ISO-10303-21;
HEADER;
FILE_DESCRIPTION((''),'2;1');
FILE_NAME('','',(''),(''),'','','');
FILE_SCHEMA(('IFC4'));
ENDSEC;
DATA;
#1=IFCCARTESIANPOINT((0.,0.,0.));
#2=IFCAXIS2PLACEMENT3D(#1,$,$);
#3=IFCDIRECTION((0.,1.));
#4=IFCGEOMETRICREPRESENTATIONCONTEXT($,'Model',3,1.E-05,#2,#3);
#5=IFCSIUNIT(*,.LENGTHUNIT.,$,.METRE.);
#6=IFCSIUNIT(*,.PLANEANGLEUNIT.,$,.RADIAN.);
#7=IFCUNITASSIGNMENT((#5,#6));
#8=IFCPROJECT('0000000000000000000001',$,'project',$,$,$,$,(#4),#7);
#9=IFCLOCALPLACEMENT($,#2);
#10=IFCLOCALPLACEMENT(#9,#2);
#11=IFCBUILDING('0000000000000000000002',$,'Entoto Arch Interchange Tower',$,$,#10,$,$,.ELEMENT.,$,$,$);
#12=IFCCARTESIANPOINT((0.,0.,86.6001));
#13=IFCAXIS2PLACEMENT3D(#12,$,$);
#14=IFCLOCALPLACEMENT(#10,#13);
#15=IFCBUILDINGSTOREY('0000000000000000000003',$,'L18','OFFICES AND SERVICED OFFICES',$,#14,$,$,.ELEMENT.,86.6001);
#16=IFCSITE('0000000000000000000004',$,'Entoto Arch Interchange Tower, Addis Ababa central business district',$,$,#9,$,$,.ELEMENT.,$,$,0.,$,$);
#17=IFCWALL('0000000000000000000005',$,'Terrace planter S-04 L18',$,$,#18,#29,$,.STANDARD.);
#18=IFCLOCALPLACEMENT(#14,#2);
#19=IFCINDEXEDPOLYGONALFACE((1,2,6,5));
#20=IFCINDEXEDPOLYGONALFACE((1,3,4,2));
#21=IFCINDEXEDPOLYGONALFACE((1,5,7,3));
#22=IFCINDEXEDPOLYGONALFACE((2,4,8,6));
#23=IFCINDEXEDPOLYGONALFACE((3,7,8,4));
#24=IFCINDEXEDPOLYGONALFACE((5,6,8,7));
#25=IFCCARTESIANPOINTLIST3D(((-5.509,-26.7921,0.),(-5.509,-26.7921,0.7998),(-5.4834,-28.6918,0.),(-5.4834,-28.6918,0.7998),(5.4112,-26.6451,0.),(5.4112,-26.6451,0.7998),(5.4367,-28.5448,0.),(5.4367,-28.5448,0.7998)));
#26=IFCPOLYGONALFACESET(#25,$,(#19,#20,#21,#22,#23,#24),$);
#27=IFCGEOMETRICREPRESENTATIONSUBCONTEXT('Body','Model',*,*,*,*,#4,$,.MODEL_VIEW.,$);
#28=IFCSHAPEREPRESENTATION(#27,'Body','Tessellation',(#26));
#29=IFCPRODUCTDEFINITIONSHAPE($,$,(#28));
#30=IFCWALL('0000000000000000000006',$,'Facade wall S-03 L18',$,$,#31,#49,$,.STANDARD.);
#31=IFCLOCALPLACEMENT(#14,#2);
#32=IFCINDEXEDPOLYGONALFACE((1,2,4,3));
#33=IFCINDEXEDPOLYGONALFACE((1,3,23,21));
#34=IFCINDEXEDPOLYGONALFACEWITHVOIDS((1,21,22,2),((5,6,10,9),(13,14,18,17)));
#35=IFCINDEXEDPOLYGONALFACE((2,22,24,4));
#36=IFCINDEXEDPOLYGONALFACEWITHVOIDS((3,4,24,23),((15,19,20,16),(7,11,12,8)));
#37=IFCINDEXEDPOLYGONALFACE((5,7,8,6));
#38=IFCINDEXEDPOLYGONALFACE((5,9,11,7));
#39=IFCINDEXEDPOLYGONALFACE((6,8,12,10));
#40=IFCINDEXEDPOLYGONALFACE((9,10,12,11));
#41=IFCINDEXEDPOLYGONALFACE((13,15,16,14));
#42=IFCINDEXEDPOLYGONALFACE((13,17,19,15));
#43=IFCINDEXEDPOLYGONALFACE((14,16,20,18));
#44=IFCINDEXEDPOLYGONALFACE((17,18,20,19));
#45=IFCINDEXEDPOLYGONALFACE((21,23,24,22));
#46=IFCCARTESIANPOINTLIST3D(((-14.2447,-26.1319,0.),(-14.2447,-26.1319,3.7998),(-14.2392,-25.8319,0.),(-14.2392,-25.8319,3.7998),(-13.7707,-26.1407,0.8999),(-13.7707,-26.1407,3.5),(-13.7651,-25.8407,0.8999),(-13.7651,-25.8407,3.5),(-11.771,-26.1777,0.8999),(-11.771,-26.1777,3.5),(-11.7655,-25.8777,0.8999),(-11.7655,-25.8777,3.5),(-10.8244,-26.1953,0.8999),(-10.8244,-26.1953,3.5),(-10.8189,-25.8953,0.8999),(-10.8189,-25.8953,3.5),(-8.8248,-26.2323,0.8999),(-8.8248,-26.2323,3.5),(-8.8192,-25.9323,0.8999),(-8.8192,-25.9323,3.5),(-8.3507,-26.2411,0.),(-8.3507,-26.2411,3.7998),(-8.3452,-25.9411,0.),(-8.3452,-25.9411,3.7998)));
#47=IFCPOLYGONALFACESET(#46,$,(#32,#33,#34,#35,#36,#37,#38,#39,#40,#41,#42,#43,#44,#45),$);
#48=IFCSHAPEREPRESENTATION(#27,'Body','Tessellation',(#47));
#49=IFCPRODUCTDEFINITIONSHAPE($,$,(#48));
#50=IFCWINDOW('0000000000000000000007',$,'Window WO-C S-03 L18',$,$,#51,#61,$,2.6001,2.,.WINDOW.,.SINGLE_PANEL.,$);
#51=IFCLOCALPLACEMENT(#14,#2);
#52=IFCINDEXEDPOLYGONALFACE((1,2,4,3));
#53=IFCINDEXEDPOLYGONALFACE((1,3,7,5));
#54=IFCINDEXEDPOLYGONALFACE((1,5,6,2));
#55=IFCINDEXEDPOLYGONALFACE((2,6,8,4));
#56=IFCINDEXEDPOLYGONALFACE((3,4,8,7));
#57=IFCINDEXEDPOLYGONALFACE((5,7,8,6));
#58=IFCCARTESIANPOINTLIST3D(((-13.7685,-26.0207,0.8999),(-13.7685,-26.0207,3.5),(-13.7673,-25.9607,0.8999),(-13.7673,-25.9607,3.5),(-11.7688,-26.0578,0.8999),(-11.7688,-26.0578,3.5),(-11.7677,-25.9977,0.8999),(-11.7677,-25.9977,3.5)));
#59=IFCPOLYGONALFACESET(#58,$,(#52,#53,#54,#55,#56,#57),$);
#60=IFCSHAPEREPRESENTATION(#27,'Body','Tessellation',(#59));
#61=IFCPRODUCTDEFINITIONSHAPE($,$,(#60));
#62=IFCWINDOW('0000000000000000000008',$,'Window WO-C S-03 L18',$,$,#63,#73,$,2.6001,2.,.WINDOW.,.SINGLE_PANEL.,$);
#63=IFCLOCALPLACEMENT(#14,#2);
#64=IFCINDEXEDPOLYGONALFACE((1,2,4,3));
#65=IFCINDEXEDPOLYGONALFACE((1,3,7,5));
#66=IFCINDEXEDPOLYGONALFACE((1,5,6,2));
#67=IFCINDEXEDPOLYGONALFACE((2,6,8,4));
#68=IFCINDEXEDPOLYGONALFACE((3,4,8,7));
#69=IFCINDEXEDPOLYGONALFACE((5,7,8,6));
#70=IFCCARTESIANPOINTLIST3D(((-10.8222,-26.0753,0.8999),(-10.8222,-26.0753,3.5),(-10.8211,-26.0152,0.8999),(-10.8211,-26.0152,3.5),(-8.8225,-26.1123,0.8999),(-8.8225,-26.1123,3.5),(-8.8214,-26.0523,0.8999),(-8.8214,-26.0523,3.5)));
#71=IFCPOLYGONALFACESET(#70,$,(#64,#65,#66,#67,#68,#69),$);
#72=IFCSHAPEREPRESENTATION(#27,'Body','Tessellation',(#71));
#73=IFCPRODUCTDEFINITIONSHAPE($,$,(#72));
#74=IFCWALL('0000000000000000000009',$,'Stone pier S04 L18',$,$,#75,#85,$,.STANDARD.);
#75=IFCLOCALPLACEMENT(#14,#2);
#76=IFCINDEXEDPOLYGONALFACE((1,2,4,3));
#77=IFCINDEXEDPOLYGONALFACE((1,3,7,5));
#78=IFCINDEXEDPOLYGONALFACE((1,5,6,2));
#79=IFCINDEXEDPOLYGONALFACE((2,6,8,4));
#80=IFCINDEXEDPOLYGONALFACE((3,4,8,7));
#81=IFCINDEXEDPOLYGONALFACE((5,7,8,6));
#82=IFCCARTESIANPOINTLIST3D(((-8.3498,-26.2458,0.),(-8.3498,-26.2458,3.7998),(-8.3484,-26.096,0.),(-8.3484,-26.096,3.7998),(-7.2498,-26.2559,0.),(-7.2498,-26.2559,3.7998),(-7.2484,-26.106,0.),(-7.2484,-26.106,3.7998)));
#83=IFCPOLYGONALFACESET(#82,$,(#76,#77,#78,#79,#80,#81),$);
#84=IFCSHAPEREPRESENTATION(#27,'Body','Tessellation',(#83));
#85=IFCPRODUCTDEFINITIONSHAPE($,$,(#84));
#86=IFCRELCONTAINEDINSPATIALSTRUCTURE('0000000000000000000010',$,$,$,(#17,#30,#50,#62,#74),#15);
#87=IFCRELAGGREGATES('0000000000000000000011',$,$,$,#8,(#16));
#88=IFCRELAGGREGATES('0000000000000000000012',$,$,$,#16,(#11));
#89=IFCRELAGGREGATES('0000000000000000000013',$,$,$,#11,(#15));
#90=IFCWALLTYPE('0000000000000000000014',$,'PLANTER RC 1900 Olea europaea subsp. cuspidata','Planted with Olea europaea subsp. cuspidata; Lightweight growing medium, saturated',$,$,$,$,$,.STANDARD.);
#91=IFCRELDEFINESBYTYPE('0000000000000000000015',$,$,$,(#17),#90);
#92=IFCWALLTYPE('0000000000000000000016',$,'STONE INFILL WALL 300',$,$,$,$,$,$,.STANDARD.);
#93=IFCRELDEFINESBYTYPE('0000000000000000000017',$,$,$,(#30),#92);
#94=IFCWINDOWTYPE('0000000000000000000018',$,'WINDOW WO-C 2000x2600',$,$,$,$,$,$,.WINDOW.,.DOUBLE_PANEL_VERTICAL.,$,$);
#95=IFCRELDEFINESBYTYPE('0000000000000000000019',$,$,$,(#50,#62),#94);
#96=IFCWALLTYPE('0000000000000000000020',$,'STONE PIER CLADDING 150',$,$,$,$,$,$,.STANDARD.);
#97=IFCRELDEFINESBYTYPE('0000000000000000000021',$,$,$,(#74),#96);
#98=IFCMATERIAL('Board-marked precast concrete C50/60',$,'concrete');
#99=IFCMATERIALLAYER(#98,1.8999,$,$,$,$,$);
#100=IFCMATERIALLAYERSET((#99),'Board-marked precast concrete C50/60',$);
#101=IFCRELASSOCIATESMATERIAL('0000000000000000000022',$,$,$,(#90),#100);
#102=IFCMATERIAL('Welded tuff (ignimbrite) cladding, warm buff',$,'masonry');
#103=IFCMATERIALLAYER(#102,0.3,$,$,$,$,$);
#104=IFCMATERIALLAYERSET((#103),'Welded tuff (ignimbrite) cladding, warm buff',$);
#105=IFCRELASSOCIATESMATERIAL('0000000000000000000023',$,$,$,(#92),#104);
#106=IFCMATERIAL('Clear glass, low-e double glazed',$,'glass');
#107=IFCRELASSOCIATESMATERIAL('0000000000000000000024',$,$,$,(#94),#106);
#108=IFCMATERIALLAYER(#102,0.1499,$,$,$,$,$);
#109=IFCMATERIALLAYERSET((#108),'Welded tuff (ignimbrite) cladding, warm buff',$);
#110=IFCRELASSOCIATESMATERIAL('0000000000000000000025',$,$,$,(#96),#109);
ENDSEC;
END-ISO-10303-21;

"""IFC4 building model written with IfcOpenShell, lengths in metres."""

from ifc_helpers import new_model, si_unit, direction, frame, frame_2d, origin, place, context, subcontext, project, spatial, rectangle, extrude, material, layer, layer_set, type_object, element, fill, save


model = new_model("IFC4")

# Units and contexts
model_context = context("Model", 3, precision=1e-05, world=origin(), true_north=direction((0.0, 1.0)))
body_context = subcontext(model_context, "Body", "Model", "MODEL_VIEW")
ifc_project = project(units=[si_unit("LENGTHUNIT", "METRE"), si_unit("PLANEANGLEUNIT", "RADIAN")], contexts=[model_context])

# Site, building, storey
site_placement = place(None, origin())
site = spatial("IfcSite", under=ifc_project, at=site_placement, Name="Entoto Arch Interchange Tower, Addis Ababa central business district", CompositionType="ELEMENT", RefElevation=0.0)
building_placement = place(site_placement, origin())
building = spatial("IfcBuilding", under=site, at=building_placement, Name="Entoto Arch Interchange Tower", CompositionType="ELEMENT")
storey_placement = place(building_placement, frame((0.0, 0.0, 86.6001)))
storey = spatial("IfcBuildingStorey", under=building, at=storey_placement, Name="L18", Description="OFFICES AND SERVICED OFFICES", CompositionType="ELEMENT", Elevation=86.6001)

# Shared definitions
ifc_material_1 = material(Name="Clear glass, low-e double glazed", Category="glass")

# Wall
ifc_material_2 = material(Name="Board-marked precast concrete C50/60", Category="concrete")
ifc_layer_1 = layer(ifc_material_2, 1.8999)
ifc_layer_set_1 = layer_set([ifc_layer_1], Name="Board-marked precast concrete C50/60")
wall_type_1 = type_object("IfcWallType", Name="PLANTER RC 1900 Olea europaea subsp. cuspidata", Description="Planted with Olea europaea subsp. cuspidata; Lightweight growing medium, saturated", PredefinedType="STANDARD", material=ifc_layer_set_1)
wall_1_placement = place(storey_placement, frame((-5.4961, -27.7419, 0.0), z_axis=(0.0, 0.0, 1.0), x_axis=(0.999909, 0.013458, 0.0)))
element("IfcWall", 1, at=wall_1_placement, inside=storey, type_object=wall_type_1, Name="Terrace planter S-04 L18", PredefinedType="STANDARD", context=body_context, shape_type="SweptSolid", body=[
    extrude(rectangle(XDim=10.9211, YDim=1.8999, at=frame_2d((5.4604, 0.0))), origin(), (0.0, 0.0, 1.0), 0.7998),
])

# Wall, openings, windows
ifc_material_3 = material(Name="Welded tuff (ignimbrite) cladding, warm buff", Category="masonry")
ifc_layer_2 = layer(ifc_material_3, 0.3)
ifc_layer_set_2 = layer_set([ifc_layer_2], Name="Welded tuff (ignimbrite) cladding, warm buff")
wall_type_2 = type_object("IfcWallType", Name="STONE INFILL WALL 300", PredefinedType="STANDARD", material=ifc_layer_set_2)
wall_2_placement = place(storey_placement, frame((-14.2419, -25.9819, 0.0), z_axis=(0.0, 0.0, 1.0), x_axis=(0.999829, -0.018512, 0.0)))
wall_2 = element("IfcWall", 2, at=wall_2_placement, inside=storey, type_object=wall_type_2, Name="Facade wall S-03 L18", PredefinedType="STANDARD", context=body_context, shape_type="SweptSolid", body=[
    extrude(rectangle(XDim=5.895, YDim=0.3, at=frame_2d((2.9475, 0.0))), origin(), (0.0, 0.0, 1.0), 3.7998),
])
opening_1_placement = place(wall_2_placement, frame((0.4741, 0.0, 0.8999)))
opening_1 = element("IfcOpeningElement", 3, at=opening_1_placement, cuts=wall_2, PredefinedType="OPENING", context=body_context, shape_type="SweptSolid", body=[
    extrude(rectangle(XDim=2.0, YDim=2.6001, at=frame_2d((1.0, 1.3))), frame((0.0, 0.1602, 0.0), z_axis=(0.0, -1.0, 0.0), x_axis=(1.0, 0.0, 0.0)), (0.0, 0.0, 1.0), 0.3201),
])
opening_2_placement = place(wall_2_placement, frame((3.4209, 0.0, 0.8999)))
opening_2 = element("IfcOpeningElement", 4, at=opening_2_placement, cuts=wall_2, PredefinedType="OPENING", context=body_context, shape_type="SweptSolid", body=[
    extrude(rectangle(XDim=2.0, YDim=2.6001, at=frame_2d((1.0, 1.3))), frame((0.0, 0.1602, 0.0), z_axis=(0.0, -1.0, 0.0), x_axis=(1.0, 0.0, 0.0)), (0.0, 0.0, 1.0), 0.3201),
])
window_type = type_object("IfcWindowType", Name="WINDOW WO-C 2000x2600", PartitioningType="DOUBLE_PANEL_VERTICAL", PredefinedType="WINDOW", material=ifc_material_1)
window_1_placement = place(opening_1_placement, origin())
window_1 = element("IfcWindow", 5, at=window_1_placement, inside=storey, type_object=window_type, Name="Window WO-C S-03 L18", OverallHeight=2.6001, OverallWidth=2.0, PartitioningType="SINGLE_PANEL", PredefinedType="WINDOW", context=body_context, shape_type="SweptSolid", body=[
    extrude(rectangle(XDim=2.0, YDim=2.6001, at=frame_2d((1.0, 1.3))), frame((0.0, 0.03, 0.0), z_axis=(0.0, -1.0, 0.0), x_axis=(1.0, 0.0, 0.0)), (0.0, 0.0, 1.0), 0.0601),
])
fill(opening_1, window_1)
window_2_placement = place(opening_2_placement, origin())
window_2 = element("IfcWindow", 6, at=window_2_placement, inside=storey, type_object=window_type, Name="Window WO-C S-03 L18", OverallHeight=2.6001, OverallWidth=2.0, PartitioningType="SINGLE_PANEL", PredefinedType="WINDOW", context=body_context, shape_type="SweptSolid", body=[
    extrude(rectangle(XDim=2.0, YDim=2.6001, at=frame_2d((1.0, 1.3))), frame((0.0, 0.03, 0.0), z_axis=(0.0, -1.0, 0.0), x_axis=(1.0, 0.0, 0.0)), (0.0, 0.0, 1.0), 0.0601),
])
fill(opening_2, window_2)

# Wall
ifc_layer_3 = layer(ifc_material_3, 0.1499)
ifc_layer_set_3 = layer_set([ifc_layer_3], Name="Welded tuff (ignimbrite) cladding, warm buff")
wall_type_3 = type_object("IfcWallType", Name="STONE PIER CLADDING 150", PredefinedType="STANDARD", material=ifc_layer_set_3)
wall_3_placement = place(storey_placement, frame((-8.3491, -26.1709, 0.0), z_axis=(0.0, 0.0, 1.0), x_axis=(0.999959, -0.009099, 0.0)))
element("IfcWall", 7, at=wall_3_placement, inside=storey, type_object=wall_type_3, Name="Stone pier S04 L18", PredefinedType="STANDARD", context=body_context, shape_type="SweptSolid", body=[
    extrude(rectangle(XDim=1.1001, YDim=0.1499, at=frame_2d((0.55, 0.0))), origin(), (0.0, 0.0, 1.0), 3.7998),
])

save(model, "model.ifc")
